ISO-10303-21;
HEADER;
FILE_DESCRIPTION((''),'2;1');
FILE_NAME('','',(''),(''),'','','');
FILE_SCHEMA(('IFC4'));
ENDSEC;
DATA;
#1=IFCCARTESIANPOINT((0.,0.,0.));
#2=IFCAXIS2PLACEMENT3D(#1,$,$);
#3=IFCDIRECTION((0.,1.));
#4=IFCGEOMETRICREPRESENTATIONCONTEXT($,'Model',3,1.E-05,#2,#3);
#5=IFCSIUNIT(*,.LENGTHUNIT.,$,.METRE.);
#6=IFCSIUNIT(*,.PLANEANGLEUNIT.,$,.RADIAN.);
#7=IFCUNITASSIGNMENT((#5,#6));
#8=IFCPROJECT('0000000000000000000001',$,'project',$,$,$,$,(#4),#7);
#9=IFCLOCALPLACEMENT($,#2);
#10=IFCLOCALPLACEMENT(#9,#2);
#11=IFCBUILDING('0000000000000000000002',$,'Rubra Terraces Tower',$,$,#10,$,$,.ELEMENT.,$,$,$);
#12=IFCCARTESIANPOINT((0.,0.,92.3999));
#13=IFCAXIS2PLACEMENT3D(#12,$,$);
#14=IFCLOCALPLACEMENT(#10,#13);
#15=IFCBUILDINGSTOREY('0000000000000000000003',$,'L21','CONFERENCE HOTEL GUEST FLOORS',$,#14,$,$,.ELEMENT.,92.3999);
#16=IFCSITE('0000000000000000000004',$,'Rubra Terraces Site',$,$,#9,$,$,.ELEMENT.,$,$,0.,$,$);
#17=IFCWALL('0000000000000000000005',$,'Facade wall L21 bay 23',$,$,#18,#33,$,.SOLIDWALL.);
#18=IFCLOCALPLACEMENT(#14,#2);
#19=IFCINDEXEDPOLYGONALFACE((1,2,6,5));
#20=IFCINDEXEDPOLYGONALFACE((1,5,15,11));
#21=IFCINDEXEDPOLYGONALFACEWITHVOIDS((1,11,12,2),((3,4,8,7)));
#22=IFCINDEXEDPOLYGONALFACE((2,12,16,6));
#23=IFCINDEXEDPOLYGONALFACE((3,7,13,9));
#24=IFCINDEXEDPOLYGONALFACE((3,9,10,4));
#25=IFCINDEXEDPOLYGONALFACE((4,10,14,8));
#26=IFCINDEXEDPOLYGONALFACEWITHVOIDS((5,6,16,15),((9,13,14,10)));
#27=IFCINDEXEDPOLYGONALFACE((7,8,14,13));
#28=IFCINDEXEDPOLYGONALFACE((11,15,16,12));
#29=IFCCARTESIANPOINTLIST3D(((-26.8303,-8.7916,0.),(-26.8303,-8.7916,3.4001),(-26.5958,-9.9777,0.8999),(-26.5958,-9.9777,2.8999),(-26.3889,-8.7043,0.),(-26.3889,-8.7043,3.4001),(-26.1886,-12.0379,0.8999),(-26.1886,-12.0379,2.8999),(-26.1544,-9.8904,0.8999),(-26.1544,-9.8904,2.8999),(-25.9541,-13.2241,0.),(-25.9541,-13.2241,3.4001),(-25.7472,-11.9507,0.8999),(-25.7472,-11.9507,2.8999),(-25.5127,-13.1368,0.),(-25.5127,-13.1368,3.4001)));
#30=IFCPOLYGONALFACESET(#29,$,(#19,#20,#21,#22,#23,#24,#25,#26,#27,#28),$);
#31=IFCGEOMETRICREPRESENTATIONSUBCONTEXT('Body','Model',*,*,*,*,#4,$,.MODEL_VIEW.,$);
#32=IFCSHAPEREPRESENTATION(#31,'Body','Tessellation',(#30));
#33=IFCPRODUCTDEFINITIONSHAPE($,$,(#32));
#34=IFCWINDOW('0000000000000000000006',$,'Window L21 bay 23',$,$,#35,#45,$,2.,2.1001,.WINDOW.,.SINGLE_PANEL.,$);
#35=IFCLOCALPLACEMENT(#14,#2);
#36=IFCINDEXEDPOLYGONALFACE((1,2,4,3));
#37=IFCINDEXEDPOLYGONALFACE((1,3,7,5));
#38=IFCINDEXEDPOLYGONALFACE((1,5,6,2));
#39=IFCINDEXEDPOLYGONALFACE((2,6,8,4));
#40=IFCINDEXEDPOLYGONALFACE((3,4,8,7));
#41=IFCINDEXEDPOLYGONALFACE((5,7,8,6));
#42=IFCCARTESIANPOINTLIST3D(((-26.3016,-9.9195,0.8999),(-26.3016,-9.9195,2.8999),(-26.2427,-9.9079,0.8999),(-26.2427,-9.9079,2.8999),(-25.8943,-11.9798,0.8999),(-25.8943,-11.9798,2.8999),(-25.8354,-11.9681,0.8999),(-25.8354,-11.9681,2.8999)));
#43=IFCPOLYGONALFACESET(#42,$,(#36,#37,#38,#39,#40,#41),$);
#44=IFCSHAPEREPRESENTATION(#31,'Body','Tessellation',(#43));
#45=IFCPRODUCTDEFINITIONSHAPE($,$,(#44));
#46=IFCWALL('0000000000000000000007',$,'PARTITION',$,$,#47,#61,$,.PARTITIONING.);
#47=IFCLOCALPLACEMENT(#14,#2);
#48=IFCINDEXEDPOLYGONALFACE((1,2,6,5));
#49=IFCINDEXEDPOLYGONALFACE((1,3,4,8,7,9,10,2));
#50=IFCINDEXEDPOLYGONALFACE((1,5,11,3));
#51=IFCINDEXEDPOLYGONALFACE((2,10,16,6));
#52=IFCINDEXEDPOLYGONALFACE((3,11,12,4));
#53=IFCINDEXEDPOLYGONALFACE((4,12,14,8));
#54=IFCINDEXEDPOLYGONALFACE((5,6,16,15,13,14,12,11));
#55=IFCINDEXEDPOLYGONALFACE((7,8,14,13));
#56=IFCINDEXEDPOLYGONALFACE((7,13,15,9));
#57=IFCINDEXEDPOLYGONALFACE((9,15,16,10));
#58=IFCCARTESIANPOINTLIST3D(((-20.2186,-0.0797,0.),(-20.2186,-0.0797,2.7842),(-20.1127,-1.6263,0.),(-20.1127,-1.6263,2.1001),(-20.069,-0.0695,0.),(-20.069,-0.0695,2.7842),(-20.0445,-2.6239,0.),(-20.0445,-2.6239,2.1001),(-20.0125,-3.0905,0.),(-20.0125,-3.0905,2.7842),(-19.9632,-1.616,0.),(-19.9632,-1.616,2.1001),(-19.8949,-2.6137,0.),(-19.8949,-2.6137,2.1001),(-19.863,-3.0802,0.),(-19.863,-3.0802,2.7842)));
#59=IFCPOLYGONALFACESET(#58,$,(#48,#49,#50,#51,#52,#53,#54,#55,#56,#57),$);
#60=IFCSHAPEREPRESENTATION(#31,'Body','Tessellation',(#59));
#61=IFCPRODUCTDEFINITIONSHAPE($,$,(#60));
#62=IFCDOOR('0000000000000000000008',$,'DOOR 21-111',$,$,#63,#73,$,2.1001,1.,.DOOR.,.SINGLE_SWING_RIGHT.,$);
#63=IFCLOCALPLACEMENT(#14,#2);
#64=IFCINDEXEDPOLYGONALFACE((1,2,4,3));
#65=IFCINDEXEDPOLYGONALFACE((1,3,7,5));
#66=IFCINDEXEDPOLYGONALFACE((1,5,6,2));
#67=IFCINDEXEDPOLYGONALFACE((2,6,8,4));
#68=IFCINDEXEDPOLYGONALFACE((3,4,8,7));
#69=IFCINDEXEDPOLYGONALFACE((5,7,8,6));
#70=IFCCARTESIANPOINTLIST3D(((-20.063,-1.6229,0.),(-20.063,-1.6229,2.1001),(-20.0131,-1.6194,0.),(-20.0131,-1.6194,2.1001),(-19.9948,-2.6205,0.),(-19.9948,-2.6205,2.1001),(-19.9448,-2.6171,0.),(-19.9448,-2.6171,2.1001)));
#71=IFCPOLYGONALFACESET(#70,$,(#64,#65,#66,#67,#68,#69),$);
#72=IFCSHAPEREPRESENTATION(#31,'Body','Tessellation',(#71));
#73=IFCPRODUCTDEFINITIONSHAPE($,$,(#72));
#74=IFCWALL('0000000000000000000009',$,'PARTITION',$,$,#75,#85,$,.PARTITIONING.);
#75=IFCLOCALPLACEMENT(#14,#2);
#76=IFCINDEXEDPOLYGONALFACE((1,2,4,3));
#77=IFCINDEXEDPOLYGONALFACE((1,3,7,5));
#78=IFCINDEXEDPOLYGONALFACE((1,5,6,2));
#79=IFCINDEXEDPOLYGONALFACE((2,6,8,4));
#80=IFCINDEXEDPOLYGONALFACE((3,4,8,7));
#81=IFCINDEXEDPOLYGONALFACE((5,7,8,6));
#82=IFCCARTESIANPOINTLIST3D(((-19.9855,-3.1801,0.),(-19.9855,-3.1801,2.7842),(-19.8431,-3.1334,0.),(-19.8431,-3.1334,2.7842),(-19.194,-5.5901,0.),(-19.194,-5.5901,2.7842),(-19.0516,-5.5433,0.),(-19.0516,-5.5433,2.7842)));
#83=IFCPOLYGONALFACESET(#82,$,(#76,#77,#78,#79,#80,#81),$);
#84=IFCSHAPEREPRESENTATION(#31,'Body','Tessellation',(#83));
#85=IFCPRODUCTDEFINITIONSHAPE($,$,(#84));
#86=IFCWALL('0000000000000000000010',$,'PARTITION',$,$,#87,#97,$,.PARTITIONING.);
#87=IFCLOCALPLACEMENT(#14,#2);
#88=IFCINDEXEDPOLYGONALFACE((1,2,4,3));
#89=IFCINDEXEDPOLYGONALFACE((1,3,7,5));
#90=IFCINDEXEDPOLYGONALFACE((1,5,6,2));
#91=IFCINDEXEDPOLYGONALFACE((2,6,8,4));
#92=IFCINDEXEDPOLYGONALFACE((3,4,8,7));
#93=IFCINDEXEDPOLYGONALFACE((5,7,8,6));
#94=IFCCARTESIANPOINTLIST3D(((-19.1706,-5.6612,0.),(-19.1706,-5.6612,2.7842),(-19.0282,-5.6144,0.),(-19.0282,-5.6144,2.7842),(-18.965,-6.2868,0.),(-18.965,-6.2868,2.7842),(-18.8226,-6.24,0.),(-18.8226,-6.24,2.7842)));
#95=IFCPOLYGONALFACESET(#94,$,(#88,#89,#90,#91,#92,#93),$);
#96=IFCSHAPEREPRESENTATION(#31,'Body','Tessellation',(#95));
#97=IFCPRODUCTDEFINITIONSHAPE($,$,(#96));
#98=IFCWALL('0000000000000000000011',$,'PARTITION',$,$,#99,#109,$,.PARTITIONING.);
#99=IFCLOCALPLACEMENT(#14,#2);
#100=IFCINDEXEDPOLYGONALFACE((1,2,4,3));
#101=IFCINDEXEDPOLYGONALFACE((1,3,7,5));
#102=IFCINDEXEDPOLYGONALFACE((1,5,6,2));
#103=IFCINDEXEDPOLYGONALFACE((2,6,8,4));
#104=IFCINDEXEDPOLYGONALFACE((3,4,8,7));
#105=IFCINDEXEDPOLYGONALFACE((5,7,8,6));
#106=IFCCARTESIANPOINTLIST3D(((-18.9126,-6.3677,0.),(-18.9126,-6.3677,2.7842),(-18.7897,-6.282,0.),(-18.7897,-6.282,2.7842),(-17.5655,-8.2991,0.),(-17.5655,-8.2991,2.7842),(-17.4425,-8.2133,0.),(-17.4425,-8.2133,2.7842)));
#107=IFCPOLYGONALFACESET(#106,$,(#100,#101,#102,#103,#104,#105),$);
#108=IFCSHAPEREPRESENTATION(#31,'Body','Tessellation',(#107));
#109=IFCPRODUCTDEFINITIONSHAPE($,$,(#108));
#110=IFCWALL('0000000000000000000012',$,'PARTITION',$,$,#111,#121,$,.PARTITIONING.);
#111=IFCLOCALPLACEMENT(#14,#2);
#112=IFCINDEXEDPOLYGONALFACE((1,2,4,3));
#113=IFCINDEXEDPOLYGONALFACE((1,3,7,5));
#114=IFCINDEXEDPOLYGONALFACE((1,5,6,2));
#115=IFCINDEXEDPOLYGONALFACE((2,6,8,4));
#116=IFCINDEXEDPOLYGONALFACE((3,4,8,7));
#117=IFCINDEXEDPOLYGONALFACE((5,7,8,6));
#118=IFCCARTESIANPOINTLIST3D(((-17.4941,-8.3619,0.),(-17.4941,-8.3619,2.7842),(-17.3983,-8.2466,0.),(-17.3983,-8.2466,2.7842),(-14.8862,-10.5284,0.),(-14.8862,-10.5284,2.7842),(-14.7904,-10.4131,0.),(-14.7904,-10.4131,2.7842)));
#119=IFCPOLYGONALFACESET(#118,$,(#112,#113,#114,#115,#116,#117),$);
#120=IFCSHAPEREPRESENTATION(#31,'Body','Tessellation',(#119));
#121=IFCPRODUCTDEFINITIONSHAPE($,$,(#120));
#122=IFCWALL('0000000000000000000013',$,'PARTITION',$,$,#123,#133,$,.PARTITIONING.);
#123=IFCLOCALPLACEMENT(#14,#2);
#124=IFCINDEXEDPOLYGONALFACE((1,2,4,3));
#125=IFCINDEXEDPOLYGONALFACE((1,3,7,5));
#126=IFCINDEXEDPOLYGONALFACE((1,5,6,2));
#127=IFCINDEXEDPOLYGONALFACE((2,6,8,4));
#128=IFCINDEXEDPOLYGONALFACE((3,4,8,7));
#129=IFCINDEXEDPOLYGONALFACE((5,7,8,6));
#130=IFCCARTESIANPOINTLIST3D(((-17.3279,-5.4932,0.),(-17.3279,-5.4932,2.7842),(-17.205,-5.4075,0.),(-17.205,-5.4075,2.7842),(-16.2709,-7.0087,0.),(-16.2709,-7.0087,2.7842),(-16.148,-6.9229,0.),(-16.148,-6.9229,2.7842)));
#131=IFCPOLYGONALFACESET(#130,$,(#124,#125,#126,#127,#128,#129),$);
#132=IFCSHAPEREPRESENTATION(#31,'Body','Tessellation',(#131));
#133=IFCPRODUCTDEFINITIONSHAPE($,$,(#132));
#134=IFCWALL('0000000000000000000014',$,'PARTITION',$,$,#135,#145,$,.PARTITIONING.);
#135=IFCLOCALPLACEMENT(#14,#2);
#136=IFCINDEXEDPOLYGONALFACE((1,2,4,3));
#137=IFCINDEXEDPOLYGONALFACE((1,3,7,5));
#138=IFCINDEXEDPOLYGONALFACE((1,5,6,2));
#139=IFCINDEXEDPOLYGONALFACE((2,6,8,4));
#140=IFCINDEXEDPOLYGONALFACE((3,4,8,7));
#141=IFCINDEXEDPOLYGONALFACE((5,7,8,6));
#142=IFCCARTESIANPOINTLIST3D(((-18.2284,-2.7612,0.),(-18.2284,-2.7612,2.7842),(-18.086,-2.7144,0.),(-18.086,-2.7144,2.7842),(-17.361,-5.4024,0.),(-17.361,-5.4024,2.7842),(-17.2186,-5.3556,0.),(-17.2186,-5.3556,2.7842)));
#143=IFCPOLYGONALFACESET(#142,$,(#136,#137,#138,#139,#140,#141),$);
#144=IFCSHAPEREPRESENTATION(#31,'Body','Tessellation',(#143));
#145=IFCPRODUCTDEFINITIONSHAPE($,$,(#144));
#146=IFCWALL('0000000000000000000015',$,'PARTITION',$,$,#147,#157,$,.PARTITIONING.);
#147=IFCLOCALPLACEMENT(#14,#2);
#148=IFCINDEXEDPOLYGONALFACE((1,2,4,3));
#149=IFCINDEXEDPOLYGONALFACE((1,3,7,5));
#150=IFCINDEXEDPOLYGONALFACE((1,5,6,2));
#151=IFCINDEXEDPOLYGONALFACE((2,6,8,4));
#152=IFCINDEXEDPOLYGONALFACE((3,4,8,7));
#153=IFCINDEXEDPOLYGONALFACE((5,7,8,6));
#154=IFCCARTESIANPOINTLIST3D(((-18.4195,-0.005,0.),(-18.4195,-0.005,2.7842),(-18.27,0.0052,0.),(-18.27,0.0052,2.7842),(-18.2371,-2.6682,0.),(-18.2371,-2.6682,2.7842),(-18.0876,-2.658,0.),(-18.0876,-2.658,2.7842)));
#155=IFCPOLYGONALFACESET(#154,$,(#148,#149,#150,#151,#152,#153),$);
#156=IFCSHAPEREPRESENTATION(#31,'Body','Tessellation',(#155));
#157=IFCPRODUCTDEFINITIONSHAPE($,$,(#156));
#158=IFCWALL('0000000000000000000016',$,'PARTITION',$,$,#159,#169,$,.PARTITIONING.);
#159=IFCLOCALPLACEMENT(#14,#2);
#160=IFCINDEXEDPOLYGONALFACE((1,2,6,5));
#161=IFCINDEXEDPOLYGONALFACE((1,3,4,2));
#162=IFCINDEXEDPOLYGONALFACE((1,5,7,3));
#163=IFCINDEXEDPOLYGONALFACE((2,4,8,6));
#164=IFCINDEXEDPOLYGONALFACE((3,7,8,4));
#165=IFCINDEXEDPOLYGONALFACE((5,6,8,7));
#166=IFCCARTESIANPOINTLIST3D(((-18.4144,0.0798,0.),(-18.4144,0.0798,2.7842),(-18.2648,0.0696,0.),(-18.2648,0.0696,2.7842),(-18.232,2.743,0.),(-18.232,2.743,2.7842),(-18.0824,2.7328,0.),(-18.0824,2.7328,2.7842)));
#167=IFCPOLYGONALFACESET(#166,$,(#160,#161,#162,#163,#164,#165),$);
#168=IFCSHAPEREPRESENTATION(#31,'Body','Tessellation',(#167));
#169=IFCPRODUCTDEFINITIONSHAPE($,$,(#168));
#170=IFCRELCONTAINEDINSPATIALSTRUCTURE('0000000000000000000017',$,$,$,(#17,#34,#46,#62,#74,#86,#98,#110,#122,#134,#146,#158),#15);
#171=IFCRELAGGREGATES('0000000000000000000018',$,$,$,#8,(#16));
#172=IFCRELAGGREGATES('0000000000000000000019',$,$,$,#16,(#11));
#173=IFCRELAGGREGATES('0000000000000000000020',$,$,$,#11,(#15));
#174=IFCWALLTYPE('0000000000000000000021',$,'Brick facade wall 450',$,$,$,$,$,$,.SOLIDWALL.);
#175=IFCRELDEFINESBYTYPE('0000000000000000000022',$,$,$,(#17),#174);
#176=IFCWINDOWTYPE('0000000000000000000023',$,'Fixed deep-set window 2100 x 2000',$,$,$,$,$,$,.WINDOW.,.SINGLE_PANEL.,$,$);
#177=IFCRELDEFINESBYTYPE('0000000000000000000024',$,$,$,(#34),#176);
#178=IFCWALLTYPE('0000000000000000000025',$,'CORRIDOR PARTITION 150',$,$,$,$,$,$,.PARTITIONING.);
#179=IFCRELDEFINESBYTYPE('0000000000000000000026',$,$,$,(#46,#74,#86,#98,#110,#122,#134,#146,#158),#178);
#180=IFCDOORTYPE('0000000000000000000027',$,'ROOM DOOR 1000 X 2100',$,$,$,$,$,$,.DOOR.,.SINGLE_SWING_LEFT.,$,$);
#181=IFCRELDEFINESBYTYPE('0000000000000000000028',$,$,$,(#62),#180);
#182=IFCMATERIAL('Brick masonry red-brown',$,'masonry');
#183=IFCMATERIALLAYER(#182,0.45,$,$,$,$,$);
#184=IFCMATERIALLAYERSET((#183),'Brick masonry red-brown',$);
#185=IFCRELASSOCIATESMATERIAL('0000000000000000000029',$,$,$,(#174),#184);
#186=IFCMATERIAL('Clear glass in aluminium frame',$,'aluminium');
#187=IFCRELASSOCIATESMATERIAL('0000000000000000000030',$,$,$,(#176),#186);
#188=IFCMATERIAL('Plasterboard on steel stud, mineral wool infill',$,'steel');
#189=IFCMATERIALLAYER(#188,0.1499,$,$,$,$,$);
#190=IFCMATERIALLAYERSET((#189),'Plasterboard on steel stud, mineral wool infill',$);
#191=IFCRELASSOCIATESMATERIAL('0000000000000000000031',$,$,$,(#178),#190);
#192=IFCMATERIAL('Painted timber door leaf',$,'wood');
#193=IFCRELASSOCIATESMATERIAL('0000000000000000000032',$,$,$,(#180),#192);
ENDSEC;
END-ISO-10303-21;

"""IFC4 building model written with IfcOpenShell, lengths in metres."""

from ifc_helpers import new_model, si_unit, direction, frame, frame_2d, origin, place, context, subcontext, project, spatial, rectangle, extrude, material, layer, layer_set, type_object, element, fill, save


model = new_model("IFC4")

# Units and contexts
model_context = context("Model", 3, precision=1e-05, world=origin(), true_north=direction((0.0, 1.0)))
body_context = subcontext(model_context, "Body", "Model", "MODEL_VIEW")
ifc_project = project(units=[si_unit("LENGTHUNIT", "METRE"), si_unit("PLANEANGLEUNIT", "RADIAN")], contexts=[model_context])

# Site, building, storey
site_placement = place(None, origin())
site = spatial("IfcSite", under=ifc_project, at=site_placement, Name="Rubra Terraces Site", CompositionType="ELEMENT", RefElevation=0.0)
building_placement = place(site_placement, origin())
building = spatial("IfcBuilding", under=site, at=building_placement, Name="Rubra Terraces Tower", CompositionType="ELEMENT")
storey_placement = place(building_placement, frame((0.0, 0.0, 92.3999)))
storey = spatial("IfcBuildingStorey", under=building, at=storey_placement, Name="L21", Description="CONFERENCE HOTEL GUEST FLOORS", CompositionType="ELEMENT", Elevation=92.3999)

# Wall, opening, window
ifc_material_1 = material(Name="Brick masonry red-brown", Category="masonry")
ifc_layer_1 = layer(ifc_material_1, 0.45)
ifc_layer_set_1 = layer_set([ifc_layer_1], Name="Brick masonry red-brown")
wall_type_1 = type_object("IfcWallType", Name="Brick facade wall 450", PredefinedType="SOLIDWALL", material=ifc_layer_set_1)
ifc_material_2 = material(Name="Clear glass in aluminium frame", Category="aluminium")
window_type_1 = type_object("IfcWindowType", Name="Fixed deep-set window 2100 x 2000", PartitioningType="SINGLE_PANEL", PredefinedType="WINDOW", material=ifc_material_2)
wall_1_placement = place(storey_placement, frame((-26.6096, -8.7478, 0.0), z_axis=(0.0, 0.0, 1.0), x_axis=(0.193923, -0.981017, 0.0)))
wall_1 = element("IfcWall", 1, at=wall_1_placement, inside=storey, type_object=wall_type_1, Name="Facade wall L21 bay 23", PredefinedType="SOLIDWALL", context=body_context, shape_type="SweptSolid", body=[
    extrude(rectangle(XDim=4.5183, YDim=0.45, at=frame_2d((2.2593, 0.0))), origin(), (0.0, 0.0, 1.0), 3.4001),
])
opening_1_placement = place(wall_1_placement, frame((1.2092, 0.0, 0.8999)))
opening_1 = element("IfcOpeningElement", 2, at=opening_1_placement, cuts=wall_1, PredefinedType="OPENING", context=body_context, shape_type="SweptSolid", body=[
    extrude(rectangle(XDim=2.1001, YDim=2.0, at=frame_2d((1.05, 1.0))), frame((0.0, 0.2349, 0.0), z_axis=(0.0, -1.0, 0.0), x_axis=(1.0, 0.0, 0.0)), (0.0, 0.0, 1.0), 0.47),
])
window_1_placement = place(opening_1_placement, origin())
window_1 = element("IfcWindow", 3, at=window_1_placement, inside=storey, type_object=window_type_1, Name="Window L21 bay 23", OverallHeight=2.0, OverallWidth=2.1001, PartitioningType="SINGLE_PANEL", PredefinedType="WINDOW", context=body_context, shape_type="SweptSolid", body=[
    extrude(rectangle(XDim=2.1001, YDim=2.0, at=frame_2d((1.05, 1.0))), frame((0.0, 0.135, 0.0), z_axis=(0.0, -1.0, 0.0), x_axis=(1.0, 0.0, 0.0)), (0.0, 0.0, 1.0), 0.0601),
])
fill(opening_1, window_1)

# Wall, opening, door
ifc_material_3 = material(Name="Plasterboard on steel stud, mineral wool infill", Category="steel")
ifc_layer_2 = layer(ifc_material_3, 0.1499)
ifc_layer_set_2 = layer_set([ifc_layer_2], Name="Plasterboard on steel stud, mineral wool infill")
wall_type_2 = type_object("IfcWallType", Name="CORRIDOR PARTITION 150", PredefinedType="PARTITIONING", material=ifc_layer_set_2)
wall_2_placement = place(storey_placement, frame((-20.1438, -0.0747, 0.0), z_axis=(0.0, 0.0, 1.0), x_axis=(0.06828, -0.997666, 0.0)))
wall_2 = element("IfcWall", 4, at=wall_2_placement, inside=storey, type_object=wall_type_2, Name="PARTITION", PredefinedType="PARTITIONING", context=body_context, shape_type="SweptSolid", body=[
    extrude(rectangle(XDim=3.0178, YDim=0.1499, at=frame_2d((1.5088, 0.0))), origin(), (0.0, 0.0, 1.0), 2.7842),
])
opening_2_placement = place(wall_2_placement, frame((1.55, 0.0, 0.0)))
opening_2 = element("IfcOpeningElement", 5, at=opening_2_placement, cuts=wall_2, PredefinedType="OPENING", context=body_context, shape_type="SweptSolid", body=[
    extrude(rectangle(XDim=1.0, YDim=2.1001, at=frame_2d((0.5, 1.05))), frame((0.0, 0.085, 0.0), z_axis=(0.0, -1.0, 0.0), x_axis=(1.0, 0.0, 0.0)), (0.0, 0.0, 1.0), 0.1699),
])
ifc_material_4 = material(Name="Painted timber door leaf", Category="wood")
door_type_1 = type_object("IfcDoorType", Name="ROOM DOOR 1000 X 2100", OperationType="SINGLE_SWING_LEFT", PredefinedType="DOOR", material=ifc_material_4)
door_1_placement = place(opening_2_placement, origin())
door_1 = element("IfcDoor", 6, at=door_1_placement, inside=storey, type_object=door_type_1, Name="DOOR 21-111", OperationType="SINGLE_SWING_RIGHT", OverallHeight=2.1001, OverallWidth=1.0, PredefinedType="DOOR", context=body_context, shape_type="SweptSolid", body=[
    extrude(rectangle(XDim=1.0, YDim=2.1001, at=frame_2d((0.5, 1.05))), frame((0.0, 0.0249, 0.0), z_axis=(0.0, -1.0, 0.0), x_axis=(1.0, 0.0, 0.0)), (0.0, 0.0, 1.0), 0.05),
])
fill(opening_2, door_1)

# Walls
wall_3_placement = place(storey_placement, frame((-19.9143, -3.1567, 0.0), z_axis=(0.0, 0.0, 1.0), x_axis=(0.312038, -0.95007, 0.0)))
element("IfcWall", 7, at=wall_3_placement, inside=storey, type_object=wall_type_2, Name="PARTITION", PredefinedType="PARTITIONING", context=body_context, shape_type="SweptSolid", body=[
    extrude(rectangle(XDim=2.5366, YDim=0.1499, at=frame_2d((1.2683, 0.0))), origin(), (0.0, 0.0, 1.0), 2.7842),
])
wall_4_placement = place(storey_placement, frame((-19.0994, -5.6379, 0.0), z_axis=(0.0, 0.0, 1.0), x_axis=(0.31222, -0.95001, 0.0)))
element("IfcWall", 8, at=wall_4_placement, inside=storey, type_object=wall_type_2, Name="PARTITION", PredefinedType="PARTITIONING", context=body_context, shape_type="SweptSolid", body=[
    extrude(rectangle(XDim=0.6584, YDim=0.1499, at=frame_2d((0.3291, 0.0))), origin(), (0.0, 0.0, 1.0), 2.7842),
])
wall_5_placement = place(storey_placement, frame((-18.8511, -6.325, 0.0), z_axis=(0.0, 0.0, 1.0), x_axis=(0.572091, -0.82019, 0.0)))
element("IfcWall", 9, at=wall_5_placement, inside=storey, type_object=wall_type_2, Name="PARTITION", PredefinedType="PARTITIONING", context=body_context, shape_type="SweptSolid", body=[
    extrude(rectangle(XDim=2.3547, YDim=0.1499, at=frame_2d((1.1772, 0.0))), origin(), (0.0, 0.0, 1.0), 2.7842),
])
wall_6_placement = place(storey_placement, frame((-17.4463, -8.3042, 0.0), z_axis=(0.0, 0.0, 1.0), x_axis=(0.7692, -0.639008, 0.0)))
element("IfcWall", 10, at=wall_6_placement, inside=storey, type_object=wall_type_2, Name="PARTITION", PredefinedType="PARTITIONING", context=body_context, shape_type="SweptSolid", body=[
    extrude(rectangle(XDim=3.3904, YDim=0.1499, at=frame_2d((1.6953, 0.0))), origin(), (0.0, 0.0, 1.0), 2.7842),
])
wall_7_placement = place(storey_placement, frame((-16.2095, -6.9658, 0.0), z_axis=(0.0, 0.0, 1.0), x_axis=(-0.572051, 0.820218, 0.0)))
element("IfcWall", 11, at=wall_7_placement, inside=storey, type_object=wall_type_2, Name="PARTITION", PredefinedType="PARTITIONING", context=body_context, shape_type="SweptSolid", body=[
    extrude(rectangle(XDim=1.8477, YDim=0.1499, at=frame_2d((0.9238, 0.0))), origin(), (0.0, 0.0, 1.0), 2.7842),
])
wall_8_placement = place(storey_placement, frame((-17.2898, -5.3792, 0.0), z_axis=(0.0, 0.0, 1.0), x_axis=(-0.312009, 0.950079, 0.0)))
element("IfcWall", 12, at=wall_8_placement, inside=storey, type_object=wall_type_2, Name="PARTITION", PredefinedType="PARTITIONING", context=body_context, shape_type="SweptSolid", body=[
    extrude(rectangle(XDim=2.78, YDim=0.1499, at=frame_2d((1.3901, 0.0))), origin(), (0.0, 0.0, 1.0), 2.7842),
])
for number, where, z_axis, x_axis, name in (
    (13, (-18.1624, -2.6631, 0.0), (0.0, 0.0, 1.0), (-0.068322, 0.997663, 0.0), "PARTITION"),
    (14, (-18.3396, 0.0747, 0.0), (0.0, 0.0, 1.0), (0.068322, 0.997663, 0.0), "PARTITION"),
):
    element("IfcWall", number, at=place(storey_placement, frame(where, z_axis=z_axis, x_axis=x_axis)), inside=storey, type_object=wall_type_2, Name=name, PredefinedType="PARTITIONING", context=body_context, shape_type="SweptSolid", body=[
        extrude(rectangle(XDim=2.6694, YDim=0.1499, at=frame_2d((1.3347, 0.0))), origin(), (0.0, 0.0, 1.0), 2.7842),
    ])

save(model, "model.ifc")
